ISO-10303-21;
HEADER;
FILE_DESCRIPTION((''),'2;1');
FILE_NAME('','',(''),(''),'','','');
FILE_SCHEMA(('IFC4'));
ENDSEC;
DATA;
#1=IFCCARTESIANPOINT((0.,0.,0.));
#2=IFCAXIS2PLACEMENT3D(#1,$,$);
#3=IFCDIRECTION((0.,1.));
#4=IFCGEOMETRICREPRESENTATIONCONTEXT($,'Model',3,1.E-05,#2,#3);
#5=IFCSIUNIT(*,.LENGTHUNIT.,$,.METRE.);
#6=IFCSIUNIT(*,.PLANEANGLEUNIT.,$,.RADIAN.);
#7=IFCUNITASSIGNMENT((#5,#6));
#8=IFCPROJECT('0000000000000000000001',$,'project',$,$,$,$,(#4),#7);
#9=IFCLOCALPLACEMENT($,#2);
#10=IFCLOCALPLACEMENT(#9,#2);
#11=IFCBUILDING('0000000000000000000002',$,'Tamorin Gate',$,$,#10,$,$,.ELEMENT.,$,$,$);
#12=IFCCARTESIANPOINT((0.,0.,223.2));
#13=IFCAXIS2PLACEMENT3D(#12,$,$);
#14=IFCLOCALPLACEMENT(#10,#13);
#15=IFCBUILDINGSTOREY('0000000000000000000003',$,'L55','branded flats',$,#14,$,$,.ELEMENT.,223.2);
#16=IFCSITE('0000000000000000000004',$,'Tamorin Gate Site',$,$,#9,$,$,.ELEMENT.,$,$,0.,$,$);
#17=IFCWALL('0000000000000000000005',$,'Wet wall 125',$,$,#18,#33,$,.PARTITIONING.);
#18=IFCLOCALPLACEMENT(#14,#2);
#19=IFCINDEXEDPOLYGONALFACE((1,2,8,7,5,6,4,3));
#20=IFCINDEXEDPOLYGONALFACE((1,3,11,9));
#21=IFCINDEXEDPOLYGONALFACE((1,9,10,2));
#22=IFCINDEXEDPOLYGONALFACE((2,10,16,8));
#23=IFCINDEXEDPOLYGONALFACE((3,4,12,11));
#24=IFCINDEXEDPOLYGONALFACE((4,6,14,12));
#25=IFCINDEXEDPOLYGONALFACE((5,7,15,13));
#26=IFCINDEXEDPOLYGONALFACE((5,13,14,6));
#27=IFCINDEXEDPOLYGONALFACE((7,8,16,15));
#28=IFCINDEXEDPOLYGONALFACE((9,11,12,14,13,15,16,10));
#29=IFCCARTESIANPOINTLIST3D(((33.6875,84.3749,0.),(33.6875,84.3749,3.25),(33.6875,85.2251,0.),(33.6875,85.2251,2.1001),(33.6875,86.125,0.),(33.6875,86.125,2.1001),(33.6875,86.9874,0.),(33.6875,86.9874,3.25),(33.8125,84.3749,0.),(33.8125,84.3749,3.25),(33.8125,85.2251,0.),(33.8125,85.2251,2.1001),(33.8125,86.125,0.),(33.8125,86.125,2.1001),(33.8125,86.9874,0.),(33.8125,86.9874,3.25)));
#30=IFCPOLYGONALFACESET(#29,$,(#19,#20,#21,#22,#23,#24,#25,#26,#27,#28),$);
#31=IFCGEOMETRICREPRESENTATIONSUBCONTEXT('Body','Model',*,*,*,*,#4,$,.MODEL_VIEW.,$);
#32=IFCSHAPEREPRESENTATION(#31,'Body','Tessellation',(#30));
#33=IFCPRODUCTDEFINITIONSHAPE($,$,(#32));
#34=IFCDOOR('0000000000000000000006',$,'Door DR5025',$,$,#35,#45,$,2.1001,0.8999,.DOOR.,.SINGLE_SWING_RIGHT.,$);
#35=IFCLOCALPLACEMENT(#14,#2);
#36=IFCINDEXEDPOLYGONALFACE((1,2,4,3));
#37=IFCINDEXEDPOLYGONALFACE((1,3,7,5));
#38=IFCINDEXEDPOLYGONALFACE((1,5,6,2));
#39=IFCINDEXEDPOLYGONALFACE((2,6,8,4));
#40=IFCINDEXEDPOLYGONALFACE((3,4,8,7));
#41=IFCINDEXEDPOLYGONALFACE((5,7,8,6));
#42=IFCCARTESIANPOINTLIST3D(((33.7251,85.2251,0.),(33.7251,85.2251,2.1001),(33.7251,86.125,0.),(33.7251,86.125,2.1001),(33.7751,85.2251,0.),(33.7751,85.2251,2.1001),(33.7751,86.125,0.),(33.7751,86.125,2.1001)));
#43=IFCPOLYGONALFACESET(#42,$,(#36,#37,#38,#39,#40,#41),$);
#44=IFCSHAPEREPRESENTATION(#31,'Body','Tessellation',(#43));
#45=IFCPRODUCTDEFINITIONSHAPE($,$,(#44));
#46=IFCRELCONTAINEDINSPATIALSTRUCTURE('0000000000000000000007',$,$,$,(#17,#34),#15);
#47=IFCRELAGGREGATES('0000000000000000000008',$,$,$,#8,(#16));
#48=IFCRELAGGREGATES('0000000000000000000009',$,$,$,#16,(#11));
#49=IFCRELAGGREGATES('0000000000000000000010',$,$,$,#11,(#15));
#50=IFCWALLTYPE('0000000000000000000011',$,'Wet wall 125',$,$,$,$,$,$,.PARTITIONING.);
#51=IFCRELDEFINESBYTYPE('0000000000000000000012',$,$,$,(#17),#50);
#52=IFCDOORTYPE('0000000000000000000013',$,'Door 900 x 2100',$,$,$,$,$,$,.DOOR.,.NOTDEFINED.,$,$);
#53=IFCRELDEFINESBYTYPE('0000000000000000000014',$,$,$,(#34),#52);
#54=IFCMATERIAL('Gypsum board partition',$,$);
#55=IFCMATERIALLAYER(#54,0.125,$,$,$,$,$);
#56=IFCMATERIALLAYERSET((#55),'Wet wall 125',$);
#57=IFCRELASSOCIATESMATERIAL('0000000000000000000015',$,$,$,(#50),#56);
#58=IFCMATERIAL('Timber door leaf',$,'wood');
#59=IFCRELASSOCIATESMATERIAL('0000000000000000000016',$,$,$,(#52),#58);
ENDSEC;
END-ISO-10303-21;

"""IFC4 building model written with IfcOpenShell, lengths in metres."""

from ifc_helpers import new_model, si_unit, direction, frame, frame_2d, origin, place, context, subcontext, project, spatial, rectangle, extrude, material, layer, layer_set, type_object, element, fill, save


model = new_model("IFC4")

# Units and contexts
model_context = context("Model", 3, precision=1e-05, world=origin(), true_north=direction((0.0, 1.0)))
body_context = subcontext(model_context, "Body", "Model", "MODEL_VIEW")
ifc_project = project(units=[si_unit("LENGTHUNIT", "METRE"), si_unit("PLANEANGLEUNIT", "RADIAN")], contexts=[model_context])

# Site, building, storey
site_placement = place(None, origin())
site = spatial("IfcSite", under=ifc_project, at=site_placement, Name="Tamorin Gate Site", CompositionType="ELEMENT", RefElevation=0.0)
building_placement = place(site_placement, origin())
building = spatial("IfcBuilding", under=site, at=building_placement, Name="Tamorin Gate", CompositionType="ELEMENT")
storey_placement = place(building_placement, frame((0.0, 0.0, 223.2)))
storey = spatial("IfcBuildingStorey", under=building, at=storey_placement, Name="L55", Description="branded flats", CompositionType="ELEMENT", Elevation=223.2)

# Shared definitions
ifc_material_1 = material(Name="Gypsum board partition")
ifc_material_2 = material(Name="Timber door leaf", Category="wood")

# Wall, opening, door
ifc_layer_1 = layer(ifc_material_1, 0.125)
ifc_layer_set_1 = layer_set([ifc_layer_1], Name="Wet wall 125")
wall_type_1 = type_object("IfcWallType", Name="Wet wall 125", PredefinedType="PARTITIONING", material=ifc_layer_set_1)
door_type_1 = type_object("IfcDoorType", Name="Door 900 x 2100", OperationType="NOTDEFINED", PredefinedType="DOOR", material=ifc_material_2)
wall_1_placement = place(storey_placement, frame((33.75, 84.375, 0.0), z_axis=(0.0, 0.0, 1.0), x_axis=(0.0, 1.0, 0.0)))
wall_1 = element("IfcWall", 1, at=wall_1_placement, inside=storey, type_object=wall_type_1, Name="Wet wall 125", PredefinedType="PARTITIONING", context=body_context, shape_type="SweptSolid", body=[
    extrude(rectangle(XDim=2.6125, YDim=0.125, at=frame_2d((1.3062, 0.0))), origin(), (0.0, 0.0, 1.0), 3.25),
])
opening_1_placement = place(wall_1_placement, frame((0.8501, 0.0, 0.0)))
opening_1 = element("IfcOpeningElement", 2, at=opening_1_placement, cuts=wall_1, PredefinedType="OPENING", context=body_context, shape_type="SweptSolid", body=[
    extrude(rectangle(XDim=0.8999, YDim=2.1001, at=frame_2d((0.45, 1.05))), frame((0.0, 0.0725, 0.0), z_axis=(0.0, -1.0, 0.0), x_axis=(1.0, 0.0, 0.0)), (0.0, 0.0, 1.0), 0.145),
])
door_1_placement = place(opening_1_placement, origin())
door_1 = element("IfcDoor", 3, at=door_1_placement, inside=storey, type_object=door_type_1, Name="Door DR5025", OperationType="SINGLE_SWING_RIGHT", OverallHeight=2.1001, OverallWidth=0.8999, PredefinedType="DOOR", context=body_context, shape_type="SweptSolid", body=[
    extrude(rectangle(XDim=0.8999, YDim=2.1001, at=frame_2d((0.45, 1.05))), frame((0.0, 0.0249, 0.0), z_axis=(0.0, -1.0, 0.0), x_axis=(1.0, 0.0, 0.0)), (0.0, 0.0, 1.0), 0.05),
])
fill(opening_1, door_1)

save(model, "model.ifc")
